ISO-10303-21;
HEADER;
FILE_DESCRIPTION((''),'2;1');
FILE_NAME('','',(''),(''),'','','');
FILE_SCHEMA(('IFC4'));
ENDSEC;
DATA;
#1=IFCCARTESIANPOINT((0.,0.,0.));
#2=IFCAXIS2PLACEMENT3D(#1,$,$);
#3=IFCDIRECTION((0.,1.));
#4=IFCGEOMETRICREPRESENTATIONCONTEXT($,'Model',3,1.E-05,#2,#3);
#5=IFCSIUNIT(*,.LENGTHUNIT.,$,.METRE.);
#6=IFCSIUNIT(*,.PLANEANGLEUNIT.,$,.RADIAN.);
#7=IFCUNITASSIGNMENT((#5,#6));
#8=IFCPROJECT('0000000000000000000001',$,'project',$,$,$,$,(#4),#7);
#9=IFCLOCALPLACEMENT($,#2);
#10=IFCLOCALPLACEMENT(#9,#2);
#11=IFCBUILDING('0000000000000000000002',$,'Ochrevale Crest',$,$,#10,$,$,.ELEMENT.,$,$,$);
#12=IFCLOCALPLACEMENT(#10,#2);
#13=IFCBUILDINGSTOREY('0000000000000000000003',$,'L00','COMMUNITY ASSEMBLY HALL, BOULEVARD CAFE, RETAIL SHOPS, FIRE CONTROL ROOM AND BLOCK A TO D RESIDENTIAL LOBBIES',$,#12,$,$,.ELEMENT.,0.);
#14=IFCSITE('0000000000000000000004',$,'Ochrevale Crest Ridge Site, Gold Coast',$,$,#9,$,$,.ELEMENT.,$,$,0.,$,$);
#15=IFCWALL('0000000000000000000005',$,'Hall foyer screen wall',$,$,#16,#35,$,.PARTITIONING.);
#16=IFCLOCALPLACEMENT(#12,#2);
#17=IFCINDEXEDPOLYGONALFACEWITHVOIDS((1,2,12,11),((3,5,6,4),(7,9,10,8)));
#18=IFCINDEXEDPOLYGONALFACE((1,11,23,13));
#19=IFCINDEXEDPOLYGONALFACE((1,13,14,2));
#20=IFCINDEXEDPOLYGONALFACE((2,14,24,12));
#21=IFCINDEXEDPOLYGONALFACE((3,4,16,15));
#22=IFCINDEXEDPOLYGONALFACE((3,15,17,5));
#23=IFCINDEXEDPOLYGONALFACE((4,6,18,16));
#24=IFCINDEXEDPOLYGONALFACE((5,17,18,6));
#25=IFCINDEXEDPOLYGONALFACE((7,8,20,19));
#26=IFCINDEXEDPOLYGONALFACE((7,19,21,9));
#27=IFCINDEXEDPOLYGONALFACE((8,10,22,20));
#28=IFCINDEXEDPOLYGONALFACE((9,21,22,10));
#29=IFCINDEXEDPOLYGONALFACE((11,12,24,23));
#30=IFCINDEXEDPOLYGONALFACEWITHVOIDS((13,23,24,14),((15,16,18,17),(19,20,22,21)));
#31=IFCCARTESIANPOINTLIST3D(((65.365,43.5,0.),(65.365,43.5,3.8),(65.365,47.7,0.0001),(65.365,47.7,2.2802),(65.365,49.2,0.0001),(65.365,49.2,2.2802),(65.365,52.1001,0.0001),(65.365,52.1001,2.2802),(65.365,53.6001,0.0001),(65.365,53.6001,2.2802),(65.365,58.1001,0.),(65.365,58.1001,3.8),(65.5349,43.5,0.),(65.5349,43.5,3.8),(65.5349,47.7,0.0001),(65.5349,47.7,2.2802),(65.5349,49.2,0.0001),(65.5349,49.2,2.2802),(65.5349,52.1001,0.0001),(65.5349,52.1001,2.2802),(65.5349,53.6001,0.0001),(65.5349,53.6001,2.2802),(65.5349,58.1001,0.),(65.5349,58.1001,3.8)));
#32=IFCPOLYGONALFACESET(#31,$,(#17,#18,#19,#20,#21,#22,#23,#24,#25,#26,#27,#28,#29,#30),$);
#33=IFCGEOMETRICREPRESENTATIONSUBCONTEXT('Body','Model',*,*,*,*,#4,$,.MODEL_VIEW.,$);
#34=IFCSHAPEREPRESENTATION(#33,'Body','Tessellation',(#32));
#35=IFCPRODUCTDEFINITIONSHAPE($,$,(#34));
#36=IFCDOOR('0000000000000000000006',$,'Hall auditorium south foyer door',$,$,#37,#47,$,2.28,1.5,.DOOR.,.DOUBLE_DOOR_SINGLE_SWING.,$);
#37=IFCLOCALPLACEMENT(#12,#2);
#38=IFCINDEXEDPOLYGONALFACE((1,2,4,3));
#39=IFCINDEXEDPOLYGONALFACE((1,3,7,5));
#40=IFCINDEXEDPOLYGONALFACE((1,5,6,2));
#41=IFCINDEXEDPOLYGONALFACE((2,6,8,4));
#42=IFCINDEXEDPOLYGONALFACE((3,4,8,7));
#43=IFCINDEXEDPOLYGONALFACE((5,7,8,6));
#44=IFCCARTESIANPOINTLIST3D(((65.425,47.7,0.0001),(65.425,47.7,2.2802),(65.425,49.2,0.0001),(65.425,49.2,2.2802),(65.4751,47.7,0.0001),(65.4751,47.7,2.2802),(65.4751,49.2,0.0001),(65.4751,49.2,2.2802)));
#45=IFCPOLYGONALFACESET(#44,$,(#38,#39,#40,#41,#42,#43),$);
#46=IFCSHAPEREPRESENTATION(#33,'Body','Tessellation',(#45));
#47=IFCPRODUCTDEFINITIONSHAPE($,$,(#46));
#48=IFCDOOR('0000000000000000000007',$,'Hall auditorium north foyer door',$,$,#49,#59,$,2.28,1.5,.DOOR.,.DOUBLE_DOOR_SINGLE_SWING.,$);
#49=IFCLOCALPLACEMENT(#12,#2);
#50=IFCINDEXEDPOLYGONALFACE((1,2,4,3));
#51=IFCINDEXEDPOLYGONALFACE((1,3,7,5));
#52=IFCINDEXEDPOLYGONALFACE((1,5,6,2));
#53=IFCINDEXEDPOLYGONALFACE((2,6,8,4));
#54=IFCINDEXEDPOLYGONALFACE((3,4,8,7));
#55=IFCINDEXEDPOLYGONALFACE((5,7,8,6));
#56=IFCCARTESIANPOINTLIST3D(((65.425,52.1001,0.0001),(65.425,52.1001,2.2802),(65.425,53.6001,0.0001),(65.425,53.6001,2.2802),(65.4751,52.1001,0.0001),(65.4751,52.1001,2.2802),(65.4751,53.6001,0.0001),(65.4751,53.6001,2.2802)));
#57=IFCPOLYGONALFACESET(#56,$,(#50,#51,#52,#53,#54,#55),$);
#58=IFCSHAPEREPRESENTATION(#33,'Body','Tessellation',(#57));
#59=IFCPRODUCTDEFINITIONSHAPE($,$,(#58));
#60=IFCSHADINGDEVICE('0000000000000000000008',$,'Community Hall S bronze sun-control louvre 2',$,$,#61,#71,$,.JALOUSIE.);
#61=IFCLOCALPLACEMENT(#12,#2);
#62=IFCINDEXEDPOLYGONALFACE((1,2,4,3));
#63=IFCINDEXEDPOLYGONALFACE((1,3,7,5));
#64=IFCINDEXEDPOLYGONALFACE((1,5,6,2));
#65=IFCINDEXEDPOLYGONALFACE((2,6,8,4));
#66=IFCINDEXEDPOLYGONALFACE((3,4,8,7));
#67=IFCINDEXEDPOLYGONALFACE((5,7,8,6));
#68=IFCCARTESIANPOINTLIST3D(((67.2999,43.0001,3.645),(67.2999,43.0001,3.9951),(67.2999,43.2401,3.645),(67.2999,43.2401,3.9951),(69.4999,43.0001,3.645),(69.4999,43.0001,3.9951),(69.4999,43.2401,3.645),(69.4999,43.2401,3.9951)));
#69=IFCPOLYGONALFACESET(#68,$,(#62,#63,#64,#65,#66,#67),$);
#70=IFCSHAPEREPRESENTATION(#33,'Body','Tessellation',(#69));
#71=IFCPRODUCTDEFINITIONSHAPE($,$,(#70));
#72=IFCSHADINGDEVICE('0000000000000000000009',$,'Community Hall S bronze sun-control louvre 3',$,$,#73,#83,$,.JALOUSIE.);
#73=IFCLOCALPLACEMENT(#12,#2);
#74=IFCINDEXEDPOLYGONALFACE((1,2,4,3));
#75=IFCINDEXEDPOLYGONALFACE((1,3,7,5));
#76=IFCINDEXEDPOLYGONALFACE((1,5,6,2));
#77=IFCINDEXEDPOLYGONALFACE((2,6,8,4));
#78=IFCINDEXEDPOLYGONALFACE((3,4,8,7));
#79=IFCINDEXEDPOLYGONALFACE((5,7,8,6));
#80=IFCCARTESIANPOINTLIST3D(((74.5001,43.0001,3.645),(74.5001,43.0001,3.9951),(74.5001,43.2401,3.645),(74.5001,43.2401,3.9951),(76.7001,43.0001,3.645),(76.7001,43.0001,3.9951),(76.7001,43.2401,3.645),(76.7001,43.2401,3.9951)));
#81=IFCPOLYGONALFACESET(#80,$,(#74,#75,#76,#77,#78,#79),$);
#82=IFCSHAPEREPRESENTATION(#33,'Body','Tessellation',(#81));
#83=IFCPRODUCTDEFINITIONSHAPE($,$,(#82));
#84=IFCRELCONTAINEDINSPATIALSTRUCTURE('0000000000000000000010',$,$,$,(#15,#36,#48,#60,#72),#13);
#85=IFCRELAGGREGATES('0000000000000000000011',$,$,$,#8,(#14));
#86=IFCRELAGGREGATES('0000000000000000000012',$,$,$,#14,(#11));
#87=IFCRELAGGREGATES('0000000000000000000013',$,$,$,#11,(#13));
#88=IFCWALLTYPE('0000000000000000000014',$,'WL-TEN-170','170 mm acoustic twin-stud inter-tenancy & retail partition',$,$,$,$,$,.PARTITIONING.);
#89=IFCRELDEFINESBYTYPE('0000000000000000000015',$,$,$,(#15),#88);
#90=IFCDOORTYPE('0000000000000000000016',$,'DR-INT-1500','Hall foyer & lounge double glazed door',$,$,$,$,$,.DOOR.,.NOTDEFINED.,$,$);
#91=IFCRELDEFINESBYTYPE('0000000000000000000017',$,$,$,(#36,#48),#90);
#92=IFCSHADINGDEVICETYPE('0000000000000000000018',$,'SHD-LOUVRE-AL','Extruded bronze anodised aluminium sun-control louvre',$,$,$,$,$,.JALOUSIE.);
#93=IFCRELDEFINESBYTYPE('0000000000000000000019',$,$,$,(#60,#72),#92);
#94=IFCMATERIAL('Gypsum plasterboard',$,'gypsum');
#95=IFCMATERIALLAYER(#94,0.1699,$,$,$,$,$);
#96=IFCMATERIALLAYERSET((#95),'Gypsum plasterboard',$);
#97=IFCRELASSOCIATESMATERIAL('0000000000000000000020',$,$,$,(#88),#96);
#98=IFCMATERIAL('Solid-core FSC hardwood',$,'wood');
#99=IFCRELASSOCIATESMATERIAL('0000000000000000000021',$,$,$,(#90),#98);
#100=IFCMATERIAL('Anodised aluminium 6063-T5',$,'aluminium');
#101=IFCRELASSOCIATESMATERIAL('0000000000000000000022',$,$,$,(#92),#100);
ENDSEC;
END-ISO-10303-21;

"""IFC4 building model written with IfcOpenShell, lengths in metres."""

from ifc_helpers import new_model, si_unit, direction, frame, frame_2d, origin, origin_2d, place, context, subcontext, project, spatial, rectangle, extrude, material, layer, layer_set, type_object, element, fill, save


model = new_model("IFC4")

# Units and contexts
model_context = context("Model", 3, precision=1e-05, world=origin(), true_north=direction((0.0, 1.0)))
body_context = subcontext(model_context, "Body", "Model", "MODEL_VIEW")
ifc_project = project(units=[si_unit("LENGTHUNIT", "METRE"), si_unit("PLANEANGLEUNIT", "RADIAN")], contexts=[model_context])

# Site, building, storey
site_placement = place(None, origin())
site = spatial("IfcSite", under=ifc_project, at=site_placement, Name="Ochrevale Crest Ridge Site, Gold Coast", CompositionType="ELEMENT", RefElevation=0.0)
building_placement = place(site_placement, origin())
building = spatial("IfcBuilding", under=site, at=building_placement, Name="Ochrevale Crest", CompositionType="ELEMENT")
storey_placement = place(building_placement, origin())
storey = spatial("IfcBuildingStorey", under=building, at=storey_placement, Name="L00", Description="COMMUNITY ASSEMBLY HALL, BOULEVARD CAFE, RETAIL SHOPS, FIRE CONTROL ROOM AND BLOCK A TO D RESIDENTIAL LOBBIES", CompositionType="ELEMENT", Elevation=0.0)

# Wall, openings, doors
ifc_material_1 = material(Name="Gypsum plasterboard", Category="gypsum")
ifc_layer_1 = layer(ifc_material_1, 0.1699)
ifc_layer_set_1 = layer_set([ifc_layer_1], Name="Gypsum plasterboard")
wall_type = type_object("IfcWallType", Name="WL-TEN-170", Description="170 mm acoustic twin-stud inter-tenancy & retail partition", PredefinedType="PARTITIONING", material=ifc_layer_set_1)
wall_placement = place(storey_placement, frame((65.45, 43.5, 0.0), z_axis=(0.0, 0.0, 1.0), x_axis=(0.0, 1.0, 0.0)))
wall = element("IfcWall", 1, at=wall_placement, inside=storey, type_object=wall_type, Name="Hall foyer screen wall", PredefinedType="PARTITIONING", context=body_context, shape_type="SweptSolid", body=[
    extrude(rectangle(XDim=14.6001, YDim=0.1699, at=frame_2d((7.3, 0.0))), origin(), (0.0, 0.0, 1.0), 3.8),
])
opening_1_placement = place(wall_placement, frame((4.2, 0.0, 0.0)))
opening_1 = element("IfcOpeningElement", 2, at=opening_1_placement, cuts=wall, PredefinedType="OPENING", context=body_context, shape_type="SweptSolid", body=[
    extrude(rectangle(XDim=1.5, YDim=2.28, at=frame_2d((0.75, 1.1401))), frame((0.0, 0.095, 0.0), z_axis=(0.0, -1.0, 0.0), x_axis=(1.0, 0.0, 0.0)), (0.0, 0.0, 1.0), 0.1899),
])
opening_2_placement = place(wall_placement, frame((8.6001, 0.0, 0.0)))
opening_2 = element("IfcOpeningElement", 3, at=opening_2_placement, cuts=wall, PredefinedType="OPENING", context=body_context, shape_type="SweptSolid", body=[
    extrude(rectangle(XDim=1.5, YDim=2.28, at=frame_2d((0.75, 1.1401))), frame((0.0, 0.095, 0.0), z_axis=(0.0, -1.0, 0.0), x_axis=(1.0, 0.0, 0.0)), (0.0, 0.0, 1.0), 0.1899),
])
ifc_material_2 = material(Name="Solid-core FSC hardwood", Category="wood")
door_type = type_object("IfcDoorType", Name="DR-INT-1500", Description="Hall foyer & lounge double glazed door", OperationType="NOTDEFINED", PredefinedType="DOOR", material=ifc_material_2)
door_1_placement = place(opening_1_placement, origin())
door_1 = element("IfcDoor", 4, at=door_1_placement, inside=storey, type_object=door_type, Name="Hall auditorium south foyer door", OperationType="DOUBLE_DOOR_SINGLE_SWING", OverallHeight=2.28, OverallWidth=1.5, PredefinedType="DOOR", context=body_context, shape_type="SweptSolid", body=[
    extrude(rectangle(XDim=1.5, YDim=2.28, at=frame_2d((0.75, 1.1401))), frame((0.0, 0.0249, 0.0), z_axis=(0.0, -1.0, 0.0), x_axis=(1.0, 0.0, 0.0)), (0.0, 0.0, 1.0), 0.05),
])
fill(opening_1, door_1)
door_2_placement = place(opening_2_placement, origin())
door_2 = element("IfcDoor", 5, at=door_2_placement, inside=storey, type_object=door_type, Name="Hall auditorium north foyer door", OperationType="DOUBLE_DOOR_SINGLE_SWING", OverallHeight=2.28, OverallWidth=1.5, PredefinedType="DOOR", context=body_context, shape_type="SweptSolid", body=[
    extrude(rectangle(XDim=1.5, YDim=2.28, at=frame_2d((0.75, 1.1401))), frame((0.0, 0.0249, 0.0), z_axis=(0.0, -1.0, 0.0), x_axis=(1.0, 0.0, 0.0)), (0.0, 0.0, 1.0), 0.05),
])
fill(opening_2, door_2)

# Shading devices
ifc_material_3 = material(Name="Anodised aluminium 6063-T5", Category="aluminium")
shading_device_type = type_object("IfcShadingDeviceType", Name="SHD-LOUVRE-AL", Description="Extruded bronze anodised aluminium sun-control louvre", PredefinedType="JALOUSIE", material=ifc_material_3)
for number, where, z_axis, x_axis, name in (
    (6, (68.3999, 43.1201, 3.645), (0.0, 0.0, 1.0), (1.0, 0.0, 0.0), "Community Hall S bronze sun-control louvre 2"),
    (7, (75.6001, 43.1201, 3.645), (0.0, 0.0, 1.0), (1.0, 0.0, 0.0), "Community Hall S bronze sun-control louvre 3"),
):
    element("IfcShadingDevice", number, at=place(storey_placement, frame(where, z_axis=z_axis, x_axis=x_axis)), inside=storey, type_object=shading_device_type, Name=name, PredefinedType="JALOUSIE", context=body_context, shape_type="SweptSolid", body=[
        extrude(rectangle(XDim=2.2, YDim=0.24, at=origin_2d()), origin(), (0.0, 0.0, 1.0), 0.3501),
    ])

save(model, "model.ifc")
